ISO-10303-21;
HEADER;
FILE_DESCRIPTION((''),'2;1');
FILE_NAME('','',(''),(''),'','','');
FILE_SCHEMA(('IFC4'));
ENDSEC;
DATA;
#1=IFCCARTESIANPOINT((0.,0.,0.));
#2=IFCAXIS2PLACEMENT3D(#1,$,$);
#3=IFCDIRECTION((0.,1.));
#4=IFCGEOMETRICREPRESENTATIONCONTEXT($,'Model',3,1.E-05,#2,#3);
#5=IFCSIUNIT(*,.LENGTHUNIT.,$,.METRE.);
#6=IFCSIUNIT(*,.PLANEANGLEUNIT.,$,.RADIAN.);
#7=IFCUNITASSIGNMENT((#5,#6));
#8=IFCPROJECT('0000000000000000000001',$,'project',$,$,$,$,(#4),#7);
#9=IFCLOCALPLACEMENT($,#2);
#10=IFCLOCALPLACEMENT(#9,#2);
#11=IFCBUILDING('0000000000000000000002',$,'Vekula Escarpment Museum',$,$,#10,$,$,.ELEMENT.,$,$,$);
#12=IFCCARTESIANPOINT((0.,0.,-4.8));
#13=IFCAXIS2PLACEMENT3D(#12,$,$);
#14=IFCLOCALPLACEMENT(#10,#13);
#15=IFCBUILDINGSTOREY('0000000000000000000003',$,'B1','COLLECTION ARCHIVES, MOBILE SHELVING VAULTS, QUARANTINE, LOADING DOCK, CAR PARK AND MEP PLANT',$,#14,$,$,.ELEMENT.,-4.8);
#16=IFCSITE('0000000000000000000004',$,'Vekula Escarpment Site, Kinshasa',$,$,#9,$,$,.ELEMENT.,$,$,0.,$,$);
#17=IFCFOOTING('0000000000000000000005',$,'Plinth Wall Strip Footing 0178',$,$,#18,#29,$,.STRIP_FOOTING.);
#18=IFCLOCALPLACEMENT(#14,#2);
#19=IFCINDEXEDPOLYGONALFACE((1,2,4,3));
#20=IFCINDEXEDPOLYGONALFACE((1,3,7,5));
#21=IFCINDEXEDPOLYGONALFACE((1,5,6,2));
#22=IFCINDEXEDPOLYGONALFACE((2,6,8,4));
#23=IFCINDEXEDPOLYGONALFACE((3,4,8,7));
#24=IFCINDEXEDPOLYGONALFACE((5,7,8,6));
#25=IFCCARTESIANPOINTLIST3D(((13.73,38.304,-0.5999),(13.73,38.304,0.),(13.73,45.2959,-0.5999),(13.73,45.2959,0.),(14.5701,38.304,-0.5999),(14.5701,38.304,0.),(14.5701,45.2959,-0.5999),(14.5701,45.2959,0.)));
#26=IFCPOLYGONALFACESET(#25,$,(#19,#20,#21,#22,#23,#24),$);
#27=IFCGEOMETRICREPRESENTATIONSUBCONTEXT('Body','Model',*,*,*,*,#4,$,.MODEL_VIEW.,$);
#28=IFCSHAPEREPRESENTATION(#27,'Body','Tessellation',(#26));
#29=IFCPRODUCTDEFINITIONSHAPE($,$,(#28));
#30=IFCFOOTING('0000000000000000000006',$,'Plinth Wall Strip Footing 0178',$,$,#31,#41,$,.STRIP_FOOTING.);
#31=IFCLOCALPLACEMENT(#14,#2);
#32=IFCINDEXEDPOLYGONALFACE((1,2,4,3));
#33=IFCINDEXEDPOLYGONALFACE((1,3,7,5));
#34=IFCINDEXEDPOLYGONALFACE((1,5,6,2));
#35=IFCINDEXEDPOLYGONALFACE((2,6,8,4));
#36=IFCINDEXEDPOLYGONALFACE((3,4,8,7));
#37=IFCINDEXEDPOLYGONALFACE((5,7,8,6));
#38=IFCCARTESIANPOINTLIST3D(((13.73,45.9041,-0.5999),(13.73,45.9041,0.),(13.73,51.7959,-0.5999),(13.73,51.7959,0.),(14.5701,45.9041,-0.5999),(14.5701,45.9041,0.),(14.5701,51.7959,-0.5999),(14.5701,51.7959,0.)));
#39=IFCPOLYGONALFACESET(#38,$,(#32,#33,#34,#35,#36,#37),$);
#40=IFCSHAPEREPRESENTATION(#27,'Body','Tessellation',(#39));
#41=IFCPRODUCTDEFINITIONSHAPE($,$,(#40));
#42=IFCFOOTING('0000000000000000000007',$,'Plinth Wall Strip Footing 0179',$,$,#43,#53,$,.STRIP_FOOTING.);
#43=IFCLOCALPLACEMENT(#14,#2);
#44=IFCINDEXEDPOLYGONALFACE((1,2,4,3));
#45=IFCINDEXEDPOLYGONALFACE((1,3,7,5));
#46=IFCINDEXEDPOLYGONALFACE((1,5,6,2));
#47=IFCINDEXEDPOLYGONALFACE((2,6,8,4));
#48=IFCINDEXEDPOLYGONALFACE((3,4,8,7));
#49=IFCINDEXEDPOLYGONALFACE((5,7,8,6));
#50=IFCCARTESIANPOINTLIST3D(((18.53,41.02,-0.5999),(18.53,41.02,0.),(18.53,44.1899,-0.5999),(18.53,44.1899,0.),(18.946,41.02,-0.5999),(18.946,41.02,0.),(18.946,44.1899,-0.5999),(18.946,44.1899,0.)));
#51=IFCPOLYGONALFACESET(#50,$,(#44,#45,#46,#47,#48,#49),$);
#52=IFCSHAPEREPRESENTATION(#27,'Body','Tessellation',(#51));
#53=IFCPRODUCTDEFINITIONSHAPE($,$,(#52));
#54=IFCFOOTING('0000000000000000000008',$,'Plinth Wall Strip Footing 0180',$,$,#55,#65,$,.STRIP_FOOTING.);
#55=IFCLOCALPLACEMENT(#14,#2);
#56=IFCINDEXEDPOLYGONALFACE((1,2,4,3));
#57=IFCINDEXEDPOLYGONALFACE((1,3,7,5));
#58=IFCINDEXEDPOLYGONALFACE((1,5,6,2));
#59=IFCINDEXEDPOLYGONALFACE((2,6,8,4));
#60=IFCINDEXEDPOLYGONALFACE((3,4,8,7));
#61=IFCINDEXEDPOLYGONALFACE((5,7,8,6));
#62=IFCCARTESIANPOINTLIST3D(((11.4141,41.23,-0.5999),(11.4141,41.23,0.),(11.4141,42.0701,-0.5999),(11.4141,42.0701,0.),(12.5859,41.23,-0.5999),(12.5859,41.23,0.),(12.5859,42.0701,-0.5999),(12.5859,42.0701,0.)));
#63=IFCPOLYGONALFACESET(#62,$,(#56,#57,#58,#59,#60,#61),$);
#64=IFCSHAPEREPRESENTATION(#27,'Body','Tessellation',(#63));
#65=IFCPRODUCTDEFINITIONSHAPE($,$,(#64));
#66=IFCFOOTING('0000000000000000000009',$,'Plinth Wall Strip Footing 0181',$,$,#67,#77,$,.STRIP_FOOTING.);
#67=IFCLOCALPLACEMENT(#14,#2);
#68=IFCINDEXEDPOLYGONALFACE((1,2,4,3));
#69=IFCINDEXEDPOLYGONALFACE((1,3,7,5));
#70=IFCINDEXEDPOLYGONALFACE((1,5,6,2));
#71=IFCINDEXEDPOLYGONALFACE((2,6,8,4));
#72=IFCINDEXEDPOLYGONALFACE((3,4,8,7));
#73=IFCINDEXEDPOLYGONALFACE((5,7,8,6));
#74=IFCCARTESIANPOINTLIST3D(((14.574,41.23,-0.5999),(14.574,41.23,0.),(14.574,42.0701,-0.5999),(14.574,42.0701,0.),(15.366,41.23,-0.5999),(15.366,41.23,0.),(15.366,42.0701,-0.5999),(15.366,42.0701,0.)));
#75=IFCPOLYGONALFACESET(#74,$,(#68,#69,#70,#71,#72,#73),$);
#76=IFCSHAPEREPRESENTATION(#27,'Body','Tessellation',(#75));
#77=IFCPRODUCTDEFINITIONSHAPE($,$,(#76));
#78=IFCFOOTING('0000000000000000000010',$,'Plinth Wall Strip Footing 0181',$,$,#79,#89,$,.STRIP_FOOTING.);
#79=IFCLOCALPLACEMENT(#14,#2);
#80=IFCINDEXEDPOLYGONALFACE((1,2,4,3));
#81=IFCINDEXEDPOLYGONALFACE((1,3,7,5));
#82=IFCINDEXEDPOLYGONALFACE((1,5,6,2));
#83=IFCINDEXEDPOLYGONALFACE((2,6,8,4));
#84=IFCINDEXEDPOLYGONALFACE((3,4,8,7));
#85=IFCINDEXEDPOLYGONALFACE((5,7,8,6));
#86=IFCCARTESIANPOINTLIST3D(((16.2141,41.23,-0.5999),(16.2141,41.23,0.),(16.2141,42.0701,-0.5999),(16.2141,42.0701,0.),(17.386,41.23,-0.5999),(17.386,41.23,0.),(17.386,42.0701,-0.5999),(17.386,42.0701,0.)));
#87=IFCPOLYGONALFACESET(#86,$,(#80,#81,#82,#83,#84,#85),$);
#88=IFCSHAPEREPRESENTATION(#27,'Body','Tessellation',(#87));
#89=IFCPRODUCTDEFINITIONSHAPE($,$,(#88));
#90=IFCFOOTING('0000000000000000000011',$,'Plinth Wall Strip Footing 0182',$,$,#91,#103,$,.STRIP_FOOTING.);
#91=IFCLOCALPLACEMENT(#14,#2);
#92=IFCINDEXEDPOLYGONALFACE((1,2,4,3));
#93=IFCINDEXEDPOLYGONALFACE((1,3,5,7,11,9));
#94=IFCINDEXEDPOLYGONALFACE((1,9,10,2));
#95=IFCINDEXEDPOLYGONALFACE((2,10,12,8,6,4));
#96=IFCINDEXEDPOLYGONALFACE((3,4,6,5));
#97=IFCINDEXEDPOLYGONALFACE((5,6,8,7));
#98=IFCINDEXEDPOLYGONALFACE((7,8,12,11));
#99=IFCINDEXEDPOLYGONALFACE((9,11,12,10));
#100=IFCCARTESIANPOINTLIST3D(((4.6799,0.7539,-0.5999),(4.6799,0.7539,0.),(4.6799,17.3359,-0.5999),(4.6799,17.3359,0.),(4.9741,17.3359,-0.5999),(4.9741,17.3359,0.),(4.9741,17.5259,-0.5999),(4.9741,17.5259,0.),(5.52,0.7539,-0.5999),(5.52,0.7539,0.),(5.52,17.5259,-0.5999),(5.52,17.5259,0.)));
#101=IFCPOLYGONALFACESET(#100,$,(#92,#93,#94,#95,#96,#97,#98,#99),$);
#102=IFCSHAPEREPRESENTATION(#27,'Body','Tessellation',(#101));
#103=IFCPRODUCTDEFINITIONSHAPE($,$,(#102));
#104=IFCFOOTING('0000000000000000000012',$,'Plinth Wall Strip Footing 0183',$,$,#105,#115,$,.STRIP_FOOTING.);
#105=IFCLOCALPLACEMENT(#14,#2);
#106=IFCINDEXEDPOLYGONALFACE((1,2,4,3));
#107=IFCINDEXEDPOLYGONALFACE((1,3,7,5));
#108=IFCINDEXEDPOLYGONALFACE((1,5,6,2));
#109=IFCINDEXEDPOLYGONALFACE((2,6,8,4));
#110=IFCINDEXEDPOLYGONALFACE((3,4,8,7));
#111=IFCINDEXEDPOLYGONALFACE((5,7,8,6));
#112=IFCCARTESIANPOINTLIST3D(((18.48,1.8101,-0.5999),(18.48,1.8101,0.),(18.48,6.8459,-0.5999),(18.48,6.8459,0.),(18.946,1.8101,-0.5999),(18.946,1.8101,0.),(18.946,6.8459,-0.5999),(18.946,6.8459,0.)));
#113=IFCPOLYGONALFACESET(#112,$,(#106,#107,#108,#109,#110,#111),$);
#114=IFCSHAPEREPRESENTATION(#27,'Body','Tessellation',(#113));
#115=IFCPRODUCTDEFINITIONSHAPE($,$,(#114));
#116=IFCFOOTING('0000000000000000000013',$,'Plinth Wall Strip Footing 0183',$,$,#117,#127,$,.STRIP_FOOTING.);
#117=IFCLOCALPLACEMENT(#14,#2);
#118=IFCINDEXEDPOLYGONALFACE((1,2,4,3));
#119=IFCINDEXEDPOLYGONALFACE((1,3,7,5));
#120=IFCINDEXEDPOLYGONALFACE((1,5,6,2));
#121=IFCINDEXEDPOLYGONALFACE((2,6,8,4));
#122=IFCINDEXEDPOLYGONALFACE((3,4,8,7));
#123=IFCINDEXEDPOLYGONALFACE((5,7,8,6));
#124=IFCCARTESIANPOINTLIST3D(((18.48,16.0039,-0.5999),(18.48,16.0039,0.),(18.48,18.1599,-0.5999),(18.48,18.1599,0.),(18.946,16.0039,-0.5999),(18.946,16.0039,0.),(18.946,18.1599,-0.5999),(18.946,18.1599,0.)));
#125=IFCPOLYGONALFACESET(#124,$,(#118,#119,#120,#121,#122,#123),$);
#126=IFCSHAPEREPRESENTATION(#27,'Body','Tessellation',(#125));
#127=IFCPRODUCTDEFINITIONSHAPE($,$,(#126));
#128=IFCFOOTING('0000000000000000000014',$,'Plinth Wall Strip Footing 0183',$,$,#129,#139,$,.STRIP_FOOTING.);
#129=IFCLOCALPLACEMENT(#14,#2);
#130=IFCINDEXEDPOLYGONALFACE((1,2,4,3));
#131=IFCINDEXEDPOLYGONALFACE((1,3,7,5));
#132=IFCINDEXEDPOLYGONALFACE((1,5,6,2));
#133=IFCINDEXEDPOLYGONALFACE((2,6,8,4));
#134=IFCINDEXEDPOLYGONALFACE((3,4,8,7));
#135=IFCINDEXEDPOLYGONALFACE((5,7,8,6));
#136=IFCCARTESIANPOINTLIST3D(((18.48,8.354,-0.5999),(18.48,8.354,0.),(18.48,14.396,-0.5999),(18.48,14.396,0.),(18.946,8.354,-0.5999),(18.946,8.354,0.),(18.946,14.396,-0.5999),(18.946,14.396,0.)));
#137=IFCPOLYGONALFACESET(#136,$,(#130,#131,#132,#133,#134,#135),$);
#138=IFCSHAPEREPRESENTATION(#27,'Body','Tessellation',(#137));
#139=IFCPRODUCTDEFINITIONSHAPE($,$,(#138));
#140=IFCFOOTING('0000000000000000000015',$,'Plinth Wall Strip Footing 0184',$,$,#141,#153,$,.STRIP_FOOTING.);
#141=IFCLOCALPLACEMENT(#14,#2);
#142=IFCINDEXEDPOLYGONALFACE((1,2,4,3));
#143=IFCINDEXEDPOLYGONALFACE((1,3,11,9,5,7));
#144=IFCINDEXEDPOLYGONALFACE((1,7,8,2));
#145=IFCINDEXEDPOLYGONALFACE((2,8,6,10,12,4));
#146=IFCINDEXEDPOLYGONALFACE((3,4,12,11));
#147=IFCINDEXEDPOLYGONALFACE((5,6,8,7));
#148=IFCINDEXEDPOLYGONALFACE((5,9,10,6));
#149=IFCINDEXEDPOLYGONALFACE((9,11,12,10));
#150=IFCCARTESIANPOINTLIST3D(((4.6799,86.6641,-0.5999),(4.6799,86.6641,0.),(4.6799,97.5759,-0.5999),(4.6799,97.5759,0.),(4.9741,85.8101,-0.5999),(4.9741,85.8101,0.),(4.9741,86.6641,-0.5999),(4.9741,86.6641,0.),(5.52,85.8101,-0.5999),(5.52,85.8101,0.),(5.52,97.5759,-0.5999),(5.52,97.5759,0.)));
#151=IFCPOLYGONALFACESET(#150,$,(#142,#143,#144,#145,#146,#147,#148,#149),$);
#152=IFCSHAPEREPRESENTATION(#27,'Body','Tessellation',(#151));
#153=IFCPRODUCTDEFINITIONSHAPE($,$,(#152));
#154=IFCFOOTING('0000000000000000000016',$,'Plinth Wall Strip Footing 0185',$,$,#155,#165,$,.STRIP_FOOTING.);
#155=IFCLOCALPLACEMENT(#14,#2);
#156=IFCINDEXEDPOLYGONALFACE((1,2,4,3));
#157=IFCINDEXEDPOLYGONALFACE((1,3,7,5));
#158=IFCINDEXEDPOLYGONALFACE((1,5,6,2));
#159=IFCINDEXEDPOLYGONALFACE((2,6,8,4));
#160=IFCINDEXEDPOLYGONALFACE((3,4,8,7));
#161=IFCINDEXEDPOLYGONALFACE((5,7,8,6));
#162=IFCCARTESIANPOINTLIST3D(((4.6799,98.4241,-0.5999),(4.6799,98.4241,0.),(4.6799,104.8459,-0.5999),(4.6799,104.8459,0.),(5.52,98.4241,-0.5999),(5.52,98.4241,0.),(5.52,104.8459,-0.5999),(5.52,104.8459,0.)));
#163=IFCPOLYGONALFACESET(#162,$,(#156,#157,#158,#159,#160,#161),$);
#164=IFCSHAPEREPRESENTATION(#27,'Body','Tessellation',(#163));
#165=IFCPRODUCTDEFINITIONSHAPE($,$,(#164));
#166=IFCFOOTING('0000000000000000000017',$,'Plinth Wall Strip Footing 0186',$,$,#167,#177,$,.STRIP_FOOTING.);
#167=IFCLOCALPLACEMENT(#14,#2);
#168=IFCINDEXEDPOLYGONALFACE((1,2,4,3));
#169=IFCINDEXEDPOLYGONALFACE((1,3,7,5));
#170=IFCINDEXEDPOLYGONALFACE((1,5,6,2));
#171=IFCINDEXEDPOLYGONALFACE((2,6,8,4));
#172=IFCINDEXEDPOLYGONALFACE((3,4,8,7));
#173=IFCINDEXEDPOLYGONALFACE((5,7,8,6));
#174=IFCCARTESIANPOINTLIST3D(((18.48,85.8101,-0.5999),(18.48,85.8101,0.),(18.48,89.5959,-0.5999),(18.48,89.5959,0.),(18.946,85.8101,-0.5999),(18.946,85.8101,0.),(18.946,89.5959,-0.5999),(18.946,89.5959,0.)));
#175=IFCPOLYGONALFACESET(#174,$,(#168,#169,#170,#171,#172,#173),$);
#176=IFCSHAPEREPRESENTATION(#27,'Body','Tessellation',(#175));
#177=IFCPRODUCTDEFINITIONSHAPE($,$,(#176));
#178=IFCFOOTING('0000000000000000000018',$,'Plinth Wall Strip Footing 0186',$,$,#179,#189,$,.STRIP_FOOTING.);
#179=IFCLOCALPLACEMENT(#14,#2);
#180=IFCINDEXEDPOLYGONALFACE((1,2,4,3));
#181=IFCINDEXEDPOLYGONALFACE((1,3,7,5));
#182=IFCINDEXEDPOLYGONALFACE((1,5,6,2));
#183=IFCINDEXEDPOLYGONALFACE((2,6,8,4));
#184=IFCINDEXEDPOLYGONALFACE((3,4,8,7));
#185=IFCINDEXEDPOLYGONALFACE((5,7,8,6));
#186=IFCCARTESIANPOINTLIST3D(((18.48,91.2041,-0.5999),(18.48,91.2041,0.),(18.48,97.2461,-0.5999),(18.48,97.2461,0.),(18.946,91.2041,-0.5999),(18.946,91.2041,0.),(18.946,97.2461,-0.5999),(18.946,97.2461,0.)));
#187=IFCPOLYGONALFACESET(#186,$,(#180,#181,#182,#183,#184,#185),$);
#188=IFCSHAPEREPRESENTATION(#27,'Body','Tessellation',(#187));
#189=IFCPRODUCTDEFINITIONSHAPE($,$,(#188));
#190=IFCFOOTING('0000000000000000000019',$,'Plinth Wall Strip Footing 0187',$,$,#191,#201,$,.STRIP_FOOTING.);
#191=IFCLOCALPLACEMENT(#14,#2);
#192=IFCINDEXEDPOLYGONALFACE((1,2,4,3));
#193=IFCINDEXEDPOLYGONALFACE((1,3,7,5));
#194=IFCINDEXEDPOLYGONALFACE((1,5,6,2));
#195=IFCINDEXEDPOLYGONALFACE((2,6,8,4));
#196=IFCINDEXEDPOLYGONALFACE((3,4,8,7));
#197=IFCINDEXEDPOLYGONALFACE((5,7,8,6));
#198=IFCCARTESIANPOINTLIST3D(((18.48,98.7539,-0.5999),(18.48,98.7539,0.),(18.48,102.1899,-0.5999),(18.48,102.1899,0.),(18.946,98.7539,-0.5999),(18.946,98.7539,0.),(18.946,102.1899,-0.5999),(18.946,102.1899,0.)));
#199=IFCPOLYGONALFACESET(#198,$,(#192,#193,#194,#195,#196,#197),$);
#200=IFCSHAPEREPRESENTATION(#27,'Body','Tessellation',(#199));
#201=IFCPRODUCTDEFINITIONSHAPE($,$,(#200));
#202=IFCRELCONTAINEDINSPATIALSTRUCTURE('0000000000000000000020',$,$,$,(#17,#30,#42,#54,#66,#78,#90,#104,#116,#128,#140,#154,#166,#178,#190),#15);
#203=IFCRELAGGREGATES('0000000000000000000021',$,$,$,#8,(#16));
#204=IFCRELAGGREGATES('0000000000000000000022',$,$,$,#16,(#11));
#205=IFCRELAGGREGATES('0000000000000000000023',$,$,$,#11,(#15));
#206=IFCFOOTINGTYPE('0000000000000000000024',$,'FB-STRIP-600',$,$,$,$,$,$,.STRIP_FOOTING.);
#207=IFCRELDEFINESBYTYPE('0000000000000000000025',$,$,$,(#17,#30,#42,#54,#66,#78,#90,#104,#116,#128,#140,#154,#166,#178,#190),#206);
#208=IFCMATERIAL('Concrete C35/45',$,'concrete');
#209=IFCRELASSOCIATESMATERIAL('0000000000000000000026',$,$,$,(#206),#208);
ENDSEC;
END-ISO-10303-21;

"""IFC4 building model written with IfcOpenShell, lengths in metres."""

from ifc_helpers import new_model, si_unit, direction, frame, origin, place, context, subcontext, project, spatial, polyline, outline, extrude, material, type_object, element, save


model = new_model("IFC4")

# Units and contexts
model_context = context("Model", 3, precision=1e-05, world=origin(), true_north=direction((0.0, 1.0)))
body_context = subcontext(model_context, "Body", "Model", "MODEL_VIEW")
ifc_project = project(units=[si_unit("LENGTHUNIT", "METRE"), si_unit("PLANEANGLEUNIT", "RADIAN")], contexts=[model_context])

# Site, building, storey
site_placement = place(None, origin())
site = spatial("IfcSite", under=ifc_project, at=site_placement, Name="Vekula Escarpment Site, Kinshasa", CompositionType="ELEMENT", RefElevation=0.0)
building_placement = place(site_placement, origin())
building = spatial("IfcBuilding", under=site, at=building_placement, Name="Vekula Escarpment Museum", CompositionType="ELEMENT")
storey_placement = place(building_placement, frame((0.0, 0.0, -4.8)))
storey = spatial("IfcBuildingStorey", under=building, at=storey_placement, Name="B1", Description="COLLECTION ARCHIVES, MOBILE SHELVING VAULTS, QUARANTINE, LOADING DOCK, CAR PARK AND MEP PLANT", CompositionType="ELEMENT", Elevation=-4.8)

# Footings
ifc_material = material(Name="Concrete C35/45", Category="concrete")
footing_type = type_object("IfcFootingType", Name="FB-STRIP-600", PredefinedType="STRIP_FOOTING", material=ifc_material)
footing_1_placement = place(storey_placement, frame((0.0, 0.0, -0.5999)))
element("IfcFooting", 1, at=footing_1_placement, inside=storey, type_object=footing_type, Name="Plinth Wall Strip Footing 0178", PredefinedType="STRIP_FOOTING", context=body_context, shape_type="SweptSolid", body=[
    extrude(outline(polyline([(14.5701, 38.304), (13.73, 38.304), (13.73, 45.2959), (14.5701, 45.2959), (14.5701, 38.304)])), origin(), (0.0, 0.0, 1.0), 0.5999),
])
footing_2_placement = place(storey_placement, frame((0.0, 0.0, -0.5999)))
element("IfcFooting", 2, at=footing_2_placement, inside=storey, type_object=footing_type, Name="Plinth Wall Strip Footing 0178", PredefinedType="STRIP_FOOTING", context=body_context, shape_type="SweptSolid", body=[
    extrude(outline(polyline([(14.5701, 45.9041), (13.73, 45.9041), (13.73, 51.7959), (14.5701, 51.7959), (14.5701, 45.9041)])), origin(), (0.0, 0.0, 1.0), 0.5999),
])
footing_3_placement = place(storey_placement, frame((0.0, 0.0, -0.5999)))
element("IfcFooting", 3, at=footing_3_placement, inside=storey, type_object=footing_type, Name="Plinth Wall Strip Footing 0179", PredefinedType="STRIP_FOOTING", context=body_context, shape_type="SweptSolid", body=[
    extrude(outline(polyline([(18.53, 41.02), (18.53, 44.1899), (18.946, 44.1899), (18.946, 41.02), (18.53, 41.02)])), origin(), (0.0, 0.0, 1.0), 0.5999),
])
footing_4_placement = place(storey_placement, frame((0.0, 0.0, -0.5999)))
element("IfcFooting", 4, at=footing_4_placement, inside=storey, type_object=footing_type, Name="Plinth Wall Strip Footing 0180", PredefinedType="STRIP_FOOTING", context=body_context, shape_type="SweptSolid", body=[
    extrude(outline(polyline([(11.4141, 41.23), (11.4141, 42.0701), (12.5859, 42.0701), (12.5859, 41.23), (11.4141, 41.23)])), origin(), (0.0, 0.0, 1.0), 0.5999),
])
footing_5_placement = place(storey_placement, frame((0.0, 0.0, -0.5999)))
element("IfcFooting", 5, at=footing_5_placement, inside=storey, type_object=footing_type, Name="Plinth Wall Strip Footing 0181", PredefinedType="STRIP_FOOTING", context=body_context, shape_type="SweptSolid", body=[
    extrude(outline(polyline([(14.574, 41.23), (14.574, 42.0701), (15.366, 42.0701), (15.366, 41.23), (14.574, 41.23)])), origin(), (0.0, 0.0, 1.0), 0.5999),
])
footing_6_placement = place(storey_placement, frame((0.0, 0.0, -0.5999)))
element("IfcFooting", 6, at=footing_6_placement, inside=storey, type_object=footing_type, Name="Plinth Wall Strip Footing 0181", PredefinedType="STRIP_FOOTING", context=body_context, shape_type="SweptSolid", body=[
    extrude(outline(polyline([(16.2141, 41.23), (16.2141, 42.0701), (17.386, 42.0701), (17.386, 41.23), (16.2141, 41.23)])), origin(), (0.0, 0.0, 1.0), 0.5999),
])
footing_7_placement = place(storey_placement, frame((0.0, 0.0, -0.5999)))
element("IfcFooting", 7, at=footing_7_placement, inside=storey, type_object=footing_type, Name="Plinth Wall Strip Footing 0182", PredefinedType="STRIP_FOOTING", context=body_context, shape_type="SweptSolid", body=[
    extrude(outline(polyline([(5.52, 0.7539), (4.6799, 0.7539), (4.6799, 17.3359), (4.9741, 17.3359), (4.9741, 17.5259), (5.52, 17.5259), (5.52, 0.7539)])), origin(), (0.0, 0.0, 1.0), 0.5999),
])
footing_8_placement = place(storey_placement, frame((0.0, 0.0, -0.5999)))
element("IfcFooting", 8, at=footing_8_placement, inside=storey, type_object=footing_type, Name="Plinth Wall Strip Footing 0183", PredefinedType="STRIP_FOOTING", context=body_context, shape_type="SweptSolid", body=[
    extrude(outline(polyline([(18.48, 1.8101), (18.48, 6.8459), (18.946, 6.8459), (18.946, 1.8101), (18.48, 1.8101)])), origin(), (0.0, 0.0, 1.0), 0.5999),
])
footing_9_placement = place(storey_placement, frame((0.0, 0.0, -0.5999)))
element("IfcFooting", 9, at=footing_9_placement, inside=storey, type_object=footing_type, Name="Plinth Wall Strip Footing 0183", PredefinedType="STRIP_FOOTING", context=body_context, shape_type="SweptSolid", body=[
    extrude(outline(polyline([(18.48, 18.1599), (18.946, 18.1599), (18.946, 16.0039), (18.48, 16.0039), (18.48, 18.1599)])), origin(), (0.0, 0.0, 1.0), 0.5999),
])
footing_10_placement = place(storey_placement, frame((0.0, 0.0, -0.5999)))
element("IfcFooting", 10, at=footing_10_placement, inside=storey, type_object=footing_type, Name="Plinth Wall Strip Footing 0183", PredefinedType="STRIP_FOOTING", context=body_context, shape_type="SweptSolid", body=[
    extrude(outline(polyline([(18.48, 14.396), (18.946, 14.396), (18.946, 8.354), (18.48, 8.354), (18.48, 14.396)])), origin(), (0.0, 0.0, 1.0), 0.5999),
])
footing_11_placement = place(storey_placement, frame((0.0, 0.0, -0.5999)))
element("IfcFooting", 11, at=footing_11_placement, inside=storey, type_object=footing_type, Name="Plinth Wall Strip Footing 0184", PredefinedType="STRIP_FOOTING", context=body_context, shape_type="SweptSolid", body=[
    extrude(outline(polyline([(5.52, 85.8101), (4.9741, 85.8101), (4.9741, 86.6641), (4.6799, 86.6641), (4.6799, 97.5759), (5.52, 97.5759), (5.52, 85.8101)])), origin(), (0.0, 0.0, 1.0), 0.5999),
])
footing_12_placement = place(storey_placement, frame((0.0, 0.0, -0.5999)))
element("IfcFooting", 12, at=footing_12_placement, inside=storey, type_object=footing_type, Name="Plinth Wall Strip Footing 0185", PredefinedType="STRIP_FOOTING", context=body_context, shape_type="SweptSolid", body=[
    extrude(outline(polyline([(5.52, 98.4241), (4.6799, 98.4241), (4.6799, 104.8459), (5.52, 104.8459), (5.52, 98.4241)])), origin(), (0.0, 0.0, 1.0), 0.5999),
])
footing_13_placement = place(storey_placement, frame((0.0, 0.0, -0.5999)))
element("IfcFooting", 13, at=footing_13_placement, inside=storey, type_object=footing_type, Name="Plinth Wall Strip Footing 0186", PredefinedType="STRIP_FOOTING", context=body_context, shape_type="SweptSolid", body=[
    extrude(outline(polyline([(18.48, 85.8101), (18.48, 89.5959), (18.946, 89.5959), (18.946, 85.8101), (18.48, 85.8101)])), origin(), (0.0, 0.0, 1.0), 0.5999),
])
footing_14_placement = place(storey_placement, frame((0.0, 0.0, -0.5999)))
element("IfcFooting", 14, at=footing_14_placement, inside=storey, type_object=footing_type, Name="Plinth Wall Strip Footing 0186", PredefinedType="STRIP_FOOTING", context=body_context, shape_type="SweptSolid", body=[
    extrude(outline(polyline([(18.48, 97.2461), (18.946, 97.2461), (18.946, 91.2041), (18.48, 91.2041), (18.48, 97.2461)])), origin(), (0.0, 0.0, 1.0), 0.5999),
])
footing_15_placement = place(storey_placement, frame((0.0, 0.0, -0.5999)))
element("IfcFooting", 15, at=footing_15_placement, inside=storey, type_object=footing_type, Name="Plinth Wall Strip Footing 0187", PredefinedType="STRIP_FOOTING", context=body_context, shape_type="SweptSolid", body=[
    extrude(outline(polyline([(18.48, 102.1899), (18.946, 102.1899), (18.946, 98.7539), (18.48, 98.7539), (18.48, 102.1899)])), origin(), (0.0, 0.0, 1.0), 0.5999),
])

save(model, "model.ifc")
